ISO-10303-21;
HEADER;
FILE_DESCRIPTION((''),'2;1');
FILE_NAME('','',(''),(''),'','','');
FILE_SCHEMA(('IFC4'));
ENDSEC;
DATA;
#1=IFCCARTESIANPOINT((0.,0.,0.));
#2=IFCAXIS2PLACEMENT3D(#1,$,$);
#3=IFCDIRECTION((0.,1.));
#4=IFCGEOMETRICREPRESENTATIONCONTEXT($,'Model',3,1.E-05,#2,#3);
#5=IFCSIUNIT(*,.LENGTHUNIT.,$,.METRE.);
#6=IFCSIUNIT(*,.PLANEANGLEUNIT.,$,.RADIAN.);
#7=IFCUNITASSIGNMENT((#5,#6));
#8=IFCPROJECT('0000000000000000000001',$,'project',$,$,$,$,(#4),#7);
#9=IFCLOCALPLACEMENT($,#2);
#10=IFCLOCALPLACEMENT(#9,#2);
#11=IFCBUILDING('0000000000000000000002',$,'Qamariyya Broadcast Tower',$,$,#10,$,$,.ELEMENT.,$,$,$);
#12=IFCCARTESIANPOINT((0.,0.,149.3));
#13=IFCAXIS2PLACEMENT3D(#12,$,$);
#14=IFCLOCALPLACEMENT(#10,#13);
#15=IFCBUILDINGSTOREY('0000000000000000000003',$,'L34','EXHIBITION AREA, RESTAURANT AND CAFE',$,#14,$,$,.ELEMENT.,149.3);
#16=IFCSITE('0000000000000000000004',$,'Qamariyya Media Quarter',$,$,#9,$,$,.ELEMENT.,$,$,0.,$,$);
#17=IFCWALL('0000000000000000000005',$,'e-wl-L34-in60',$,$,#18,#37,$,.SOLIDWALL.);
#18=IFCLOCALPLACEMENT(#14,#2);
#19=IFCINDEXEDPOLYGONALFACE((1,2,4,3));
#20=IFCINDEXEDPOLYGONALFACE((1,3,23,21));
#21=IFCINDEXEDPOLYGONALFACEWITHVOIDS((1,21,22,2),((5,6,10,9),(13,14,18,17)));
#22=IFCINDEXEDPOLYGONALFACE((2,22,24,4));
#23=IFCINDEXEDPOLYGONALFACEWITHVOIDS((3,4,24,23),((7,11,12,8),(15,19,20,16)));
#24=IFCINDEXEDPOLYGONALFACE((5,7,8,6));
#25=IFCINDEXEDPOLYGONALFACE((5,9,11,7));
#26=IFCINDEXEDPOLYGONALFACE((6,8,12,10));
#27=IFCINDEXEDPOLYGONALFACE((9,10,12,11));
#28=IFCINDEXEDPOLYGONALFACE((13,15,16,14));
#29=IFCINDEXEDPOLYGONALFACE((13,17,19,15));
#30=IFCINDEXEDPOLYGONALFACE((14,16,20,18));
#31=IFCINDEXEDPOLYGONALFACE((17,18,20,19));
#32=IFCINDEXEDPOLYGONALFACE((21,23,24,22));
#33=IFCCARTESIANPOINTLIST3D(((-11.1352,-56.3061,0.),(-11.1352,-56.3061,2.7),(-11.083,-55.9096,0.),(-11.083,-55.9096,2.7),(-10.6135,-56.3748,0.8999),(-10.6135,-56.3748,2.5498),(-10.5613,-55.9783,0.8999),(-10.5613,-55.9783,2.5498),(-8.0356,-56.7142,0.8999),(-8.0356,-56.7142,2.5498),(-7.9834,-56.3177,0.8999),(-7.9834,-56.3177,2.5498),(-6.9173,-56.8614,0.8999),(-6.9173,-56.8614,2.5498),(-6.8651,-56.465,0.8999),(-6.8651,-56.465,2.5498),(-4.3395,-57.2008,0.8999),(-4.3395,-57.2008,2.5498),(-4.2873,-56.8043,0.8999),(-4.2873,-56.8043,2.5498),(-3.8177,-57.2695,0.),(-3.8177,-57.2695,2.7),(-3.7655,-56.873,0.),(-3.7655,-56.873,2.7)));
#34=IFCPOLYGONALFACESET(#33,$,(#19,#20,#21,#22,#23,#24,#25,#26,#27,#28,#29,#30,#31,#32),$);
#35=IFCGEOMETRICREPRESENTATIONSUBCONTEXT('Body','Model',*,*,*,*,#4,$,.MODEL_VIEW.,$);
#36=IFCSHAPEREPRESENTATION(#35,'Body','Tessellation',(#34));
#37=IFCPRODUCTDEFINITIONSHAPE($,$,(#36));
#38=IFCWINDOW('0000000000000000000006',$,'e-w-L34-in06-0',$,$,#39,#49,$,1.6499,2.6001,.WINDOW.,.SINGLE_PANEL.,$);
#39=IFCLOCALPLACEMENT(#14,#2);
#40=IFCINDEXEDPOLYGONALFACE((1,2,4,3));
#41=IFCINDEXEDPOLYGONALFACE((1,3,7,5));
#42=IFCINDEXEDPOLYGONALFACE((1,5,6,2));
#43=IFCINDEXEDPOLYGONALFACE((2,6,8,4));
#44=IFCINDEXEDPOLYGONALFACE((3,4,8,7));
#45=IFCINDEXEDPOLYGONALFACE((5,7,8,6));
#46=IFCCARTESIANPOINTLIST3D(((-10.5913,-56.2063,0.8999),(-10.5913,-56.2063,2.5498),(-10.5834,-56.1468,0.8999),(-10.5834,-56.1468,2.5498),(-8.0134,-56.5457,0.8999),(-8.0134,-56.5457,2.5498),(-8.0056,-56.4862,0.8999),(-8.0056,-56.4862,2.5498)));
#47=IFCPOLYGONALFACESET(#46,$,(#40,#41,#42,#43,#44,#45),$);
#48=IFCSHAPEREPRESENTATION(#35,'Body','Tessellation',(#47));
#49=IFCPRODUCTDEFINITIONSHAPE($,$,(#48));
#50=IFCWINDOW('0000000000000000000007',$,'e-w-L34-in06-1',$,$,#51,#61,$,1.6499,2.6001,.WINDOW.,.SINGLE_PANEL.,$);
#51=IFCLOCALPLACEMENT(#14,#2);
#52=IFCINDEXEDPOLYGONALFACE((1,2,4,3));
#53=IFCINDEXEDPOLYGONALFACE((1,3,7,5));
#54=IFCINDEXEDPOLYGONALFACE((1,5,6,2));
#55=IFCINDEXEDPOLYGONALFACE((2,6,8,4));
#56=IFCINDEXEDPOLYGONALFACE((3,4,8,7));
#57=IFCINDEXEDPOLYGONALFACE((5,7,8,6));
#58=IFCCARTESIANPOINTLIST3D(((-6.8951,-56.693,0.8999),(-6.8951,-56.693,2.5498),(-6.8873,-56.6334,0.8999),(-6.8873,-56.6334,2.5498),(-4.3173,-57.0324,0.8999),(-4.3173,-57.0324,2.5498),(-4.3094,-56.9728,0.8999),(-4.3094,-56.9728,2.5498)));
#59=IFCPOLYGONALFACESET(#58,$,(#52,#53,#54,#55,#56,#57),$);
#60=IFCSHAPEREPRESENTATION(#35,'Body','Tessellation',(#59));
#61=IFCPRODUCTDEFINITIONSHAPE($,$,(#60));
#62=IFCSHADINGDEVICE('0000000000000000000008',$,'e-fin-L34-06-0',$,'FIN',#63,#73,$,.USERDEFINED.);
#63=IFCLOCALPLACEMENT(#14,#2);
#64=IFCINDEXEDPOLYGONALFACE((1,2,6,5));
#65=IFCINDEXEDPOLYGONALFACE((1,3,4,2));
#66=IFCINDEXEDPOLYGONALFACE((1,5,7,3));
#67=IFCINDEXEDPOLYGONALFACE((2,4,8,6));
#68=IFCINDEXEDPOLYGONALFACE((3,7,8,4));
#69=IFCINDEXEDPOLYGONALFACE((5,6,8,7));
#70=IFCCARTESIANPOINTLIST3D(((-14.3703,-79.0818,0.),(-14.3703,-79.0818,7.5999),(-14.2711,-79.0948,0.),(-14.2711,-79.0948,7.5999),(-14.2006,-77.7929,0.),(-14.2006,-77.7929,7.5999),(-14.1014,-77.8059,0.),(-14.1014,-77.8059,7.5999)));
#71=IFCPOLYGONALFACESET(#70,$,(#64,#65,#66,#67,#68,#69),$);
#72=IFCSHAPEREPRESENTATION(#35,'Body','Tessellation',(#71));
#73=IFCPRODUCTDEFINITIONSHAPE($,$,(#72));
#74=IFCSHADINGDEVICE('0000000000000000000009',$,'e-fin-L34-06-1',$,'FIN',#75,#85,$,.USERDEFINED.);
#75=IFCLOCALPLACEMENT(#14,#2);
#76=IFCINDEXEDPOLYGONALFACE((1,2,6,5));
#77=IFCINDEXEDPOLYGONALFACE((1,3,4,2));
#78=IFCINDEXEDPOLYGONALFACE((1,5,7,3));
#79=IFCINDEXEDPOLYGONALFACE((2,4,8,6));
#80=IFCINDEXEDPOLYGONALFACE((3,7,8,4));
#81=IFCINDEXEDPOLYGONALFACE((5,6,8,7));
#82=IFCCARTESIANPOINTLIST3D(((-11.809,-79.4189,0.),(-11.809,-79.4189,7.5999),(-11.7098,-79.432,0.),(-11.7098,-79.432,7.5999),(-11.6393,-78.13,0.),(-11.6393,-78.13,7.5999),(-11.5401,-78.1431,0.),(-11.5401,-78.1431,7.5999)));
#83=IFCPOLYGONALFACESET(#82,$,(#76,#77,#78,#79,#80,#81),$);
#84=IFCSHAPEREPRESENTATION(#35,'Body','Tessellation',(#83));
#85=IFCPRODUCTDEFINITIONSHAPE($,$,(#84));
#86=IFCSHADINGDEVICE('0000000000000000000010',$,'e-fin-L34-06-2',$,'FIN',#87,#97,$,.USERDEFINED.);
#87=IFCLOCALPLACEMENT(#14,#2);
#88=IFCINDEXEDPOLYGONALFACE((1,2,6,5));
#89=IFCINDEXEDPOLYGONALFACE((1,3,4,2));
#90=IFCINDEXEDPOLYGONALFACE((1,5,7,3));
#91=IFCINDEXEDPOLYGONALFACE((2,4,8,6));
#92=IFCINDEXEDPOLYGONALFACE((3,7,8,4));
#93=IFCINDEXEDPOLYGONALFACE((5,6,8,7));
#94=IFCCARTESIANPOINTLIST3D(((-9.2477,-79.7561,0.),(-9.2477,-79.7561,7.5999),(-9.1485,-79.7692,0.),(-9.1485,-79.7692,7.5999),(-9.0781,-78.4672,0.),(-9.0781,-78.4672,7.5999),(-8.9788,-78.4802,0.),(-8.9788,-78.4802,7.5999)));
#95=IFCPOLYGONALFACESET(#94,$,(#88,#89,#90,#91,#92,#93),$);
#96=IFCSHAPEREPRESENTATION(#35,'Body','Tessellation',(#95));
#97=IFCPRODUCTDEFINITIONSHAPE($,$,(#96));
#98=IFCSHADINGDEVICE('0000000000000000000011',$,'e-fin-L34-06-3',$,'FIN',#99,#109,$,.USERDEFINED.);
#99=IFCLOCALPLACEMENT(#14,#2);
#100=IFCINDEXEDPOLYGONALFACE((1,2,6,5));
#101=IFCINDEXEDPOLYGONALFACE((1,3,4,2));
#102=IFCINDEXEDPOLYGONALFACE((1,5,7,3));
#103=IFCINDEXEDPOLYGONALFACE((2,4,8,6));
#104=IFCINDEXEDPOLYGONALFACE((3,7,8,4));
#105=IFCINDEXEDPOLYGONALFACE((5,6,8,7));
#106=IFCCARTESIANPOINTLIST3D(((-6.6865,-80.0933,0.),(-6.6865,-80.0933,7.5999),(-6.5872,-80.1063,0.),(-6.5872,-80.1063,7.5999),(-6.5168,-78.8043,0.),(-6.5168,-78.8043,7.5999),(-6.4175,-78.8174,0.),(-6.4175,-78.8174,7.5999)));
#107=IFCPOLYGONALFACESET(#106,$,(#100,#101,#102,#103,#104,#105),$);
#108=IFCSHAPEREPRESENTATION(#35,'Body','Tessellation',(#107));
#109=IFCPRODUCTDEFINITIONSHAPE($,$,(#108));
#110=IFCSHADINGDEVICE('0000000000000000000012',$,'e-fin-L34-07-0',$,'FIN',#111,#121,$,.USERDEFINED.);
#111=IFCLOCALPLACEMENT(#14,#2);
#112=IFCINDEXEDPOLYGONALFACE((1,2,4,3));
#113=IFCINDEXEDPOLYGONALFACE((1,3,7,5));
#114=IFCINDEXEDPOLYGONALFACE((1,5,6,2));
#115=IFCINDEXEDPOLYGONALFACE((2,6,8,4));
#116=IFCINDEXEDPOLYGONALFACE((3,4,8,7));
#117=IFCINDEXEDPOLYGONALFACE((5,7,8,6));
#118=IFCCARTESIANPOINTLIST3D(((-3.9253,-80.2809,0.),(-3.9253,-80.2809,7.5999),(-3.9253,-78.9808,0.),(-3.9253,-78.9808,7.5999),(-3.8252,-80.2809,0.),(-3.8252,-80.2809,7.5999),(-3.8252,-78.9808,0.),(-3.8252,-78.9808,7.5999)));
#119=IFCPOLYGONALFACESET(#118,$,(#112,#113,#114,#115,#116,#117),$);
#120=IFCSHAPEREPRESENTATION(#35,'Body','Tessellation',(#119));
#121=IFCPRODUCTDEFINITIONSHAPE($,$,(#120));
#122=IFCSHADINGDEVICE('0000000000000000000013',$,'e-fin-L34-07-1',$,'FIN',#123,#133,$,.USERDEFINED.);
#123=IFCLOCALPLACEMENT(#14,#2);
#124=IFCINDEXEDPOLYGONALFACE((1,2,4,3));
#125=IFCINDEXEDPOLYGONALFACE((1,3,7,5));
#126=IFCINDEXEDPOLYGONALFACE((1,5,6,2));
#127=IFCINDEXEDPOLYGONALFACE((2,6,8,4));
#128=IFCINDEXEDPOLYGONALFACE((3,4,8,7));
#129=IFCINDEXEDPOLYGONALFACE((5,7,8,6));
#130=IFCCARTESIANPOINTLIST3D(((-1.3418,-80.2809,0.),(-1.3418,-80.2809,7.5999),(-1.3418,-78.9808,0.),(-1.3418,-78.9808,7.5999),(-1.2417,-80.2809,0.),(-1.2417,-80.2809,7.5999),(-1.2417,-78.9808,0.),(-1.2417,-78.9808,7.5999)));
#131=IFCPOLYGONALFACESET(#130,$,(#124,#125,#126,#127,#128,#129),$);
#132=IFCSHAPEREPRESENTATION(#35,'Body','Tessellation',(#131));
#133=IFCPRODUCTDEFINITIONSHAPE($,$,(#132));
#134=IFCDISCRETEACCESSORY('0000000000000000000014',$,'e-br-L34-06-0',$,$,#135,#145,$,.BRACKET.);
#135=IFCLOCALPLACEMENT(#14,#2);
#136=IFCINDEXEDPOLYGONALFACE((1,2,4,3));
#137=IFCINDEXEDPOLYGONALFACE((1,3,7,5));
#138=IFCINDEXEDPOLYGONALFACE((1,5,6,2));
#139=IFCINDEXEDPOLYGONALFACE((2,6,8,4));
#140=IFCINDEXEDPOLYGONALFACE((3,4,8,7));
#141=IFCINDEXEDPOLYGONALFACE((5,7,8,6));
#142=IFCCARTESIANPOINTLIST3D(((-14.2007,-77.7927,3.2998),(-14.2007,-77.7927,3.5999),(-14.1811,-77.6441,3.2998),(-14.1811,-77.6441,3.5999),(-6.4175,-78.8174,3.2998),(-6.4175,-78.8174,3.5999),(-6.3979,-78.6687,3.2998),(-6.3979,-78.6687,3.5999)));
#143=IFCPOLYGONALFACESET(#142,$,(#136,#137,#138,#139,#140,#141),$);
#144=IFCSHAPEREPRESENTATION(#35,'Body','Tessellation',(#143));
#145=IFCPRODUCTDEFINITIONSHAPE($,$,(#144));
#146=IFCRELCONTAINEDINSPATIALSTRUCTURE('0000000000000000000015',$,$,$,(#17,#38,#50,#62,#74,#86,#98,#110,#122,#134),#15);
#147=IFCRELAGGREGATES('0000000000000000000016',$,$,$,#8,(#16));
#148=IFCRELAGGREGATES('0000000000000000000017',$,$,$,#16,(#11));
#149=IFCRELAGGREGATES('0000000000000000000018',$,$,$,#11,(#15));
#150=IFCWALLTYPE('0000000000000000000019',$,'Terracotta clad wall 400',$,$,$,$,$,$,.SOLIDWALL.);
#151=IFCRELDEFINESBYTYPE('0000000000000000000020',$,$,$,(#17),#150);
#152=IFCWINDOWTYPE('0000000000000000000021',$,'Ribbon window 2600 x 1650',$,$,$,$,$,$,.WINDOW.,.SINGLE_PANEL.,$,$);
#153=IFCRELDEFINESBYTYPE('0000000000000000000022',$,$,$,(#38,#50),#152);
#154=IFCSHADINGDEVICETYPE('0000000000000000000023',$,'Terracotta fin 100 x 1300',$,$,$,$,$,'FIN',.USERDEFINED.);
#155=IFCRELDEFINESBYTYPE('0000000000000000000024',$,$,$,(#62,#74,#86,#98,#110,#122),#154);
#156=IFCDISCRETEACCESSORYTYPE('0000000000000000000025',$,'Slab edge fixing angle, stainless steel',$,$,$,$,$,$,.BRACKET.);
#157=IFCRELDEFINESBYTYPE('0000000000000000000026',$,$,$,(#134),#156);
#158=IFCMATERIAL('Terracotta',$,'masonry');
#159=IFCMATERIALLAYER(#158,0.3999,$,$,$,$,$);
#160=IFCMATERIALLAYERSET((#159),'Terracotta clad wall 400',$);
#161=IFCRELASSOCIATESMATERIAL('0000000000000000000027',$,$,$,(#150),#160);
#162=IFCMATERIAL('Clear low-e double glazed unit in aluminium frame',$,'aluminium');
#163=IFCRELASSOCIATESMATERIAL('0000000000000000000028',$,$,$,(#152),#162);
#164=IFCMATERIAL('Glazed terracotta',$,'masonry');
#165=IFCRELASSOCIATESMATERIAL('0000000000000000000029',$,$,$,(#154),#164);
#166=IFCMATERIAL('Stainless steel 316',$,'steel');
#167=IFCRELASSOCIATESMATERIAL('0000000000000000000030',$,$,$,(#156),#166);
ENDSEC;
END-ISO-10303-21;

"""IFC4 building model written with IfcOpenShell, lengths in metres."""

from ifc_helpers import new_model, si_unit, direction, frame, frame_2d, origin, origin_2d, place, context, subcontext, project, spatial, rectangle, extrude, material, layer, layer_set, material_profile, profile_set, type_object, element, fill, save


model = new_model("IFC4")

# Units and contexts
model_context = context("Model", 3, precision=1e-05, world=origin(), true_north=direction((0.0, 1.0)))
body_context = subcontext(model_context, "Body", "Model", "MODEL_VIEW")
ifc_project = project(units=[si_unit("LENGTHUNIT", "METRE"), si_unit("PLANEANGLEUNIT", "RADIAN")], contexts=[model_context])

# Site, building, storey
site_placement = place(None, origin())
site = spatial("IfcSite", under=ifc_project, at=site_placement, Name="Qamariyya Media Quarter", CompositionType="ELEMENT", RefElevation=0.0)
building_placement = place(site_placement, origin())
building = spatial("IfcBuilding", under=site, at=building_placement, Name="Qamariyya Broadcast Tower", CompositionType="ELEMENT")
storey_placement = place(building_placement, frame((0.0, 0.0, 149.3)))
storey = spatial("IfcBuildingStorey", under=building, at=storey_placement, Name="L34", Description="EXHIBITION AREA, RESTAURANT AND CAFE", CompositionType="ELEMENT", Elevation=149.3)

# Wall, openings, windows
ifc_material_1 = material(Name="Terracotta", Category="masonry")
ifc_layer_1 = layer(ifc_material_1, 0.3999)
ifc_layer_set_1 = layer_set([ifc_layer_1], Name="Terracotta clad wall 400")
wall_type_1 = type_object("IfcWallType", Name="Terracotta clad wall 400", PredefinedType="SOLIDWALL", material=ifc_layer_set_1)
wall_1_placement = place(storey_placement, frame((-3.7915, -57.0713, 0.0), z_axis=(0.0, 0.0, 1.0), x_axis=(-0.991444, 0.13053, 0.0)))
wall_1 = element("IfcWall", 1, at=wall_1_placement, inside=storey, type_object=wall_type_1, Name="e-wl-L34-in60", PredefinedType="SOLIDWALL", context=body_context, shape_type="SweptSolid", body=[
    extrude(rectangle(XDim=7.3806, YDim=0.3999, at=frame_2d((3.6904, 0.0))), origin(), (0.0, 0.0, 1.0), 2.7),
])
opening_1_placement = place(wall_1_placement, frame((4.2544, 0.0, 0.8999)))
opening_1 = element("IfcOpeningElement", 2, at=opening_1_placement, cuts=wall_1, PredefinedType="OPENING", context=body_context, shape_type="SweptSolid", body=[
    extrude(rectangle(XDim=2.6001, YDim=1.6499, at=frame_2d((1.3, 0.825))), frame((0.0, 0.21, 0.0), z_axis=(0.0, -1.0, 0.0), x_axis=(1.0, 0.0, 0.0)), (0.0, 0.0, 1.0), 0.4199),
])
opening_2_placement = place(wall_1_placement, frame((0.5264, 0.0, 0.8999)))
opening_2 = element("IfcOpeningElement", 3, at=opening_2_placement, cuts=wall_1, PredefinedType="OPENING", context=body_context, shape_type="SweptSolid", body=[
    extrude(rectangle(XDim=2.6001, YDim=1.6499, at=frame_2d((1.3, 0.825))), frame((0.0, 0.21, 0.0), z_axis=(0.0, -1.0, 0.0), x_axis=(1.0, 0.0, 0.0)), (0.0, 0.0, 1.0), 0.4199),
])
ifc_material_2 = material(Name="Clear low-e double glazed unit in aluminium frame", Category="aluminium")
window_type = type_object("IfcWindowType", Name="Ribbon window 2600 x 1650", PartitioningType="SINGLE_PANEL", PredefinedType="WINDOW", material=ifc_material_2)
window_1_placement = place(opening_1_placement, origin())
window_1 = element("IfcWindow", 4, at=window_1_placement, inside=storey, type_object=window_type, Name="e-w-L34-in06-0", OverallHeight=1.6499, OverallWidth=2.6001, PartitioningType="SINGLE_PANEL", PredefinedType="WINDOW", context=body_context, shape_type="SweptSolid", body=[
    extrude(rectangle(XDim=2.6001, YDim=1.6499, at=frame_2d((1.3, 0.825))), frame((0.0, 0.03, 0.0), z_axis=(0.0, -1.0, 0.0), x_axis=(1.0, 0.0, 0.0)), (0.0, 0.0, 1.0), 0.0601),
])
fill(opening_1, window_1)
window_2_placement = place(opening_2_placement, origin())
window_2 = element("IfcWindow", 5, at=window_2_placement, inside=storey, type_object=window_type, Name="e-w-L34-in06-1", OverallHeight=1.6499, OverallWidth=2.6001, PartitioningType="SINGLE_PANEL", PredefinedType="WINDOW", context=body_context, shape_type="SweptSolid", body=[
    extrude(rectangle(XDim=2.6001, YDim=1.6499, at=frame_2d((1.3, 0.825))), frame((0.0, 0.03, 0.0), z_axis=(0.0, -1.0, 0.0), x_axis=(1.0, 0.0, 0.0)), (0.0, 0.0, 1.0), 0.0601),
])
fill(opening_2, window_2)

# Shading devices
ifc_material_3 = material(Name="Glazed terracotta", Category="masonry")
ifc_material_profile_1 = material_profile(ifc_material_3, rectangle(XDim=1.3, YDim=0.1001, at=origin_2d()))
ifc_profile_set_1 = profile_set([ifc_material_profile_1], Name="Glazed terracotta")
shading_device_type_1 = type_object("IfcShadingDeviceType", Name="Terracotta fin 100 x 1300", ElementType="FIN", PredefinedType="USERDEFINED", material=ifc_profile_set_1)
for number, where, z_axis, x_axis, name in (
    (6, (-14.2358, -78.4438, 0.0), (0.0, 0.0, 1.0), (-0.130526, -0.991445, 0.0), "e-fin-L34-06-0"),
    (7, (-11.6746, -78.781, 0.0), (0.0, 0.0, 1.0), (-0.130526, -0.991445, 0.0), "e-fin-L34-06-1"),
    (8, (-9.1133, -79.1182, 0.0), (0.0, 0.0, 1.0), (-0.130526, -0.991445, 0.0), "e-fin-L34-06-2"),
    (9, (-6.552, -79.4553, 0.0), (0.0, 0.0, 1.0), (-0.130526, -0.991445, 0.0), "e-fin-L34-06-3"),
    (10, (-3.8752, -79.6309, 0.0), (0.0, 0.0, 1.0), (0.0, -1.0, 0.0), "e-fin-L34-07-0"),
    (11, (-1.2917, -79.6309, 0.0), (0.0, 0.0, 1.0), (0.0, -1.0, 0.0), "e-fin-L34-07-1"),
):
    element("IfcShadingDevice", number, at=place(storey_placement, frame(where, z_axis=z_axis, x_axis=x_axis)), inside=storey, type_object=shading_device_type_1, Name=name, ObjectType="FIN", PredefinedType="USERDEFINED", context=body_context, shape_type="SweptSolid", body=[
        extrude(rectangle(XDim=1.3, YDim=0.1001, at=origin_2d()), origin(), (0.0, 0.0, 1.0), 7.5999),
    ])

# Discrete accessory
ifc_material_4 = material(Name="Stainless steel 316", Category="steel")
discrete_accessory_type = type_object("IfcDiscreteAccessoryType", Name="Slab edge fixing angle, stainless steel", PredefinedType="BRACKET", material=ifc_material_4)
discrete_accessory_placement = place(storey_placement, frame((-10.2993, -78.2307, 3.2998), z_axis=(0.0, 0.0, 1.0), x_axis=(0.991445, -0.130526, 0.0)))
element("IfcDiscreteAccessory", 12, at=discrete_accessory_placement, inside=storey, type_object=discrete_accessory_type, Name="e-br-L34-06-0", PredefinedType="BRACKET", context=body_context, shape_type="SweptSolid", body=[
    extrude(rectangle(XDim=7.8503, YDim=0.1499, at=origin_2d()), origin(), (0.0, 0.0, 1.0), 0.3),
])

save(model, "model.ifc")
